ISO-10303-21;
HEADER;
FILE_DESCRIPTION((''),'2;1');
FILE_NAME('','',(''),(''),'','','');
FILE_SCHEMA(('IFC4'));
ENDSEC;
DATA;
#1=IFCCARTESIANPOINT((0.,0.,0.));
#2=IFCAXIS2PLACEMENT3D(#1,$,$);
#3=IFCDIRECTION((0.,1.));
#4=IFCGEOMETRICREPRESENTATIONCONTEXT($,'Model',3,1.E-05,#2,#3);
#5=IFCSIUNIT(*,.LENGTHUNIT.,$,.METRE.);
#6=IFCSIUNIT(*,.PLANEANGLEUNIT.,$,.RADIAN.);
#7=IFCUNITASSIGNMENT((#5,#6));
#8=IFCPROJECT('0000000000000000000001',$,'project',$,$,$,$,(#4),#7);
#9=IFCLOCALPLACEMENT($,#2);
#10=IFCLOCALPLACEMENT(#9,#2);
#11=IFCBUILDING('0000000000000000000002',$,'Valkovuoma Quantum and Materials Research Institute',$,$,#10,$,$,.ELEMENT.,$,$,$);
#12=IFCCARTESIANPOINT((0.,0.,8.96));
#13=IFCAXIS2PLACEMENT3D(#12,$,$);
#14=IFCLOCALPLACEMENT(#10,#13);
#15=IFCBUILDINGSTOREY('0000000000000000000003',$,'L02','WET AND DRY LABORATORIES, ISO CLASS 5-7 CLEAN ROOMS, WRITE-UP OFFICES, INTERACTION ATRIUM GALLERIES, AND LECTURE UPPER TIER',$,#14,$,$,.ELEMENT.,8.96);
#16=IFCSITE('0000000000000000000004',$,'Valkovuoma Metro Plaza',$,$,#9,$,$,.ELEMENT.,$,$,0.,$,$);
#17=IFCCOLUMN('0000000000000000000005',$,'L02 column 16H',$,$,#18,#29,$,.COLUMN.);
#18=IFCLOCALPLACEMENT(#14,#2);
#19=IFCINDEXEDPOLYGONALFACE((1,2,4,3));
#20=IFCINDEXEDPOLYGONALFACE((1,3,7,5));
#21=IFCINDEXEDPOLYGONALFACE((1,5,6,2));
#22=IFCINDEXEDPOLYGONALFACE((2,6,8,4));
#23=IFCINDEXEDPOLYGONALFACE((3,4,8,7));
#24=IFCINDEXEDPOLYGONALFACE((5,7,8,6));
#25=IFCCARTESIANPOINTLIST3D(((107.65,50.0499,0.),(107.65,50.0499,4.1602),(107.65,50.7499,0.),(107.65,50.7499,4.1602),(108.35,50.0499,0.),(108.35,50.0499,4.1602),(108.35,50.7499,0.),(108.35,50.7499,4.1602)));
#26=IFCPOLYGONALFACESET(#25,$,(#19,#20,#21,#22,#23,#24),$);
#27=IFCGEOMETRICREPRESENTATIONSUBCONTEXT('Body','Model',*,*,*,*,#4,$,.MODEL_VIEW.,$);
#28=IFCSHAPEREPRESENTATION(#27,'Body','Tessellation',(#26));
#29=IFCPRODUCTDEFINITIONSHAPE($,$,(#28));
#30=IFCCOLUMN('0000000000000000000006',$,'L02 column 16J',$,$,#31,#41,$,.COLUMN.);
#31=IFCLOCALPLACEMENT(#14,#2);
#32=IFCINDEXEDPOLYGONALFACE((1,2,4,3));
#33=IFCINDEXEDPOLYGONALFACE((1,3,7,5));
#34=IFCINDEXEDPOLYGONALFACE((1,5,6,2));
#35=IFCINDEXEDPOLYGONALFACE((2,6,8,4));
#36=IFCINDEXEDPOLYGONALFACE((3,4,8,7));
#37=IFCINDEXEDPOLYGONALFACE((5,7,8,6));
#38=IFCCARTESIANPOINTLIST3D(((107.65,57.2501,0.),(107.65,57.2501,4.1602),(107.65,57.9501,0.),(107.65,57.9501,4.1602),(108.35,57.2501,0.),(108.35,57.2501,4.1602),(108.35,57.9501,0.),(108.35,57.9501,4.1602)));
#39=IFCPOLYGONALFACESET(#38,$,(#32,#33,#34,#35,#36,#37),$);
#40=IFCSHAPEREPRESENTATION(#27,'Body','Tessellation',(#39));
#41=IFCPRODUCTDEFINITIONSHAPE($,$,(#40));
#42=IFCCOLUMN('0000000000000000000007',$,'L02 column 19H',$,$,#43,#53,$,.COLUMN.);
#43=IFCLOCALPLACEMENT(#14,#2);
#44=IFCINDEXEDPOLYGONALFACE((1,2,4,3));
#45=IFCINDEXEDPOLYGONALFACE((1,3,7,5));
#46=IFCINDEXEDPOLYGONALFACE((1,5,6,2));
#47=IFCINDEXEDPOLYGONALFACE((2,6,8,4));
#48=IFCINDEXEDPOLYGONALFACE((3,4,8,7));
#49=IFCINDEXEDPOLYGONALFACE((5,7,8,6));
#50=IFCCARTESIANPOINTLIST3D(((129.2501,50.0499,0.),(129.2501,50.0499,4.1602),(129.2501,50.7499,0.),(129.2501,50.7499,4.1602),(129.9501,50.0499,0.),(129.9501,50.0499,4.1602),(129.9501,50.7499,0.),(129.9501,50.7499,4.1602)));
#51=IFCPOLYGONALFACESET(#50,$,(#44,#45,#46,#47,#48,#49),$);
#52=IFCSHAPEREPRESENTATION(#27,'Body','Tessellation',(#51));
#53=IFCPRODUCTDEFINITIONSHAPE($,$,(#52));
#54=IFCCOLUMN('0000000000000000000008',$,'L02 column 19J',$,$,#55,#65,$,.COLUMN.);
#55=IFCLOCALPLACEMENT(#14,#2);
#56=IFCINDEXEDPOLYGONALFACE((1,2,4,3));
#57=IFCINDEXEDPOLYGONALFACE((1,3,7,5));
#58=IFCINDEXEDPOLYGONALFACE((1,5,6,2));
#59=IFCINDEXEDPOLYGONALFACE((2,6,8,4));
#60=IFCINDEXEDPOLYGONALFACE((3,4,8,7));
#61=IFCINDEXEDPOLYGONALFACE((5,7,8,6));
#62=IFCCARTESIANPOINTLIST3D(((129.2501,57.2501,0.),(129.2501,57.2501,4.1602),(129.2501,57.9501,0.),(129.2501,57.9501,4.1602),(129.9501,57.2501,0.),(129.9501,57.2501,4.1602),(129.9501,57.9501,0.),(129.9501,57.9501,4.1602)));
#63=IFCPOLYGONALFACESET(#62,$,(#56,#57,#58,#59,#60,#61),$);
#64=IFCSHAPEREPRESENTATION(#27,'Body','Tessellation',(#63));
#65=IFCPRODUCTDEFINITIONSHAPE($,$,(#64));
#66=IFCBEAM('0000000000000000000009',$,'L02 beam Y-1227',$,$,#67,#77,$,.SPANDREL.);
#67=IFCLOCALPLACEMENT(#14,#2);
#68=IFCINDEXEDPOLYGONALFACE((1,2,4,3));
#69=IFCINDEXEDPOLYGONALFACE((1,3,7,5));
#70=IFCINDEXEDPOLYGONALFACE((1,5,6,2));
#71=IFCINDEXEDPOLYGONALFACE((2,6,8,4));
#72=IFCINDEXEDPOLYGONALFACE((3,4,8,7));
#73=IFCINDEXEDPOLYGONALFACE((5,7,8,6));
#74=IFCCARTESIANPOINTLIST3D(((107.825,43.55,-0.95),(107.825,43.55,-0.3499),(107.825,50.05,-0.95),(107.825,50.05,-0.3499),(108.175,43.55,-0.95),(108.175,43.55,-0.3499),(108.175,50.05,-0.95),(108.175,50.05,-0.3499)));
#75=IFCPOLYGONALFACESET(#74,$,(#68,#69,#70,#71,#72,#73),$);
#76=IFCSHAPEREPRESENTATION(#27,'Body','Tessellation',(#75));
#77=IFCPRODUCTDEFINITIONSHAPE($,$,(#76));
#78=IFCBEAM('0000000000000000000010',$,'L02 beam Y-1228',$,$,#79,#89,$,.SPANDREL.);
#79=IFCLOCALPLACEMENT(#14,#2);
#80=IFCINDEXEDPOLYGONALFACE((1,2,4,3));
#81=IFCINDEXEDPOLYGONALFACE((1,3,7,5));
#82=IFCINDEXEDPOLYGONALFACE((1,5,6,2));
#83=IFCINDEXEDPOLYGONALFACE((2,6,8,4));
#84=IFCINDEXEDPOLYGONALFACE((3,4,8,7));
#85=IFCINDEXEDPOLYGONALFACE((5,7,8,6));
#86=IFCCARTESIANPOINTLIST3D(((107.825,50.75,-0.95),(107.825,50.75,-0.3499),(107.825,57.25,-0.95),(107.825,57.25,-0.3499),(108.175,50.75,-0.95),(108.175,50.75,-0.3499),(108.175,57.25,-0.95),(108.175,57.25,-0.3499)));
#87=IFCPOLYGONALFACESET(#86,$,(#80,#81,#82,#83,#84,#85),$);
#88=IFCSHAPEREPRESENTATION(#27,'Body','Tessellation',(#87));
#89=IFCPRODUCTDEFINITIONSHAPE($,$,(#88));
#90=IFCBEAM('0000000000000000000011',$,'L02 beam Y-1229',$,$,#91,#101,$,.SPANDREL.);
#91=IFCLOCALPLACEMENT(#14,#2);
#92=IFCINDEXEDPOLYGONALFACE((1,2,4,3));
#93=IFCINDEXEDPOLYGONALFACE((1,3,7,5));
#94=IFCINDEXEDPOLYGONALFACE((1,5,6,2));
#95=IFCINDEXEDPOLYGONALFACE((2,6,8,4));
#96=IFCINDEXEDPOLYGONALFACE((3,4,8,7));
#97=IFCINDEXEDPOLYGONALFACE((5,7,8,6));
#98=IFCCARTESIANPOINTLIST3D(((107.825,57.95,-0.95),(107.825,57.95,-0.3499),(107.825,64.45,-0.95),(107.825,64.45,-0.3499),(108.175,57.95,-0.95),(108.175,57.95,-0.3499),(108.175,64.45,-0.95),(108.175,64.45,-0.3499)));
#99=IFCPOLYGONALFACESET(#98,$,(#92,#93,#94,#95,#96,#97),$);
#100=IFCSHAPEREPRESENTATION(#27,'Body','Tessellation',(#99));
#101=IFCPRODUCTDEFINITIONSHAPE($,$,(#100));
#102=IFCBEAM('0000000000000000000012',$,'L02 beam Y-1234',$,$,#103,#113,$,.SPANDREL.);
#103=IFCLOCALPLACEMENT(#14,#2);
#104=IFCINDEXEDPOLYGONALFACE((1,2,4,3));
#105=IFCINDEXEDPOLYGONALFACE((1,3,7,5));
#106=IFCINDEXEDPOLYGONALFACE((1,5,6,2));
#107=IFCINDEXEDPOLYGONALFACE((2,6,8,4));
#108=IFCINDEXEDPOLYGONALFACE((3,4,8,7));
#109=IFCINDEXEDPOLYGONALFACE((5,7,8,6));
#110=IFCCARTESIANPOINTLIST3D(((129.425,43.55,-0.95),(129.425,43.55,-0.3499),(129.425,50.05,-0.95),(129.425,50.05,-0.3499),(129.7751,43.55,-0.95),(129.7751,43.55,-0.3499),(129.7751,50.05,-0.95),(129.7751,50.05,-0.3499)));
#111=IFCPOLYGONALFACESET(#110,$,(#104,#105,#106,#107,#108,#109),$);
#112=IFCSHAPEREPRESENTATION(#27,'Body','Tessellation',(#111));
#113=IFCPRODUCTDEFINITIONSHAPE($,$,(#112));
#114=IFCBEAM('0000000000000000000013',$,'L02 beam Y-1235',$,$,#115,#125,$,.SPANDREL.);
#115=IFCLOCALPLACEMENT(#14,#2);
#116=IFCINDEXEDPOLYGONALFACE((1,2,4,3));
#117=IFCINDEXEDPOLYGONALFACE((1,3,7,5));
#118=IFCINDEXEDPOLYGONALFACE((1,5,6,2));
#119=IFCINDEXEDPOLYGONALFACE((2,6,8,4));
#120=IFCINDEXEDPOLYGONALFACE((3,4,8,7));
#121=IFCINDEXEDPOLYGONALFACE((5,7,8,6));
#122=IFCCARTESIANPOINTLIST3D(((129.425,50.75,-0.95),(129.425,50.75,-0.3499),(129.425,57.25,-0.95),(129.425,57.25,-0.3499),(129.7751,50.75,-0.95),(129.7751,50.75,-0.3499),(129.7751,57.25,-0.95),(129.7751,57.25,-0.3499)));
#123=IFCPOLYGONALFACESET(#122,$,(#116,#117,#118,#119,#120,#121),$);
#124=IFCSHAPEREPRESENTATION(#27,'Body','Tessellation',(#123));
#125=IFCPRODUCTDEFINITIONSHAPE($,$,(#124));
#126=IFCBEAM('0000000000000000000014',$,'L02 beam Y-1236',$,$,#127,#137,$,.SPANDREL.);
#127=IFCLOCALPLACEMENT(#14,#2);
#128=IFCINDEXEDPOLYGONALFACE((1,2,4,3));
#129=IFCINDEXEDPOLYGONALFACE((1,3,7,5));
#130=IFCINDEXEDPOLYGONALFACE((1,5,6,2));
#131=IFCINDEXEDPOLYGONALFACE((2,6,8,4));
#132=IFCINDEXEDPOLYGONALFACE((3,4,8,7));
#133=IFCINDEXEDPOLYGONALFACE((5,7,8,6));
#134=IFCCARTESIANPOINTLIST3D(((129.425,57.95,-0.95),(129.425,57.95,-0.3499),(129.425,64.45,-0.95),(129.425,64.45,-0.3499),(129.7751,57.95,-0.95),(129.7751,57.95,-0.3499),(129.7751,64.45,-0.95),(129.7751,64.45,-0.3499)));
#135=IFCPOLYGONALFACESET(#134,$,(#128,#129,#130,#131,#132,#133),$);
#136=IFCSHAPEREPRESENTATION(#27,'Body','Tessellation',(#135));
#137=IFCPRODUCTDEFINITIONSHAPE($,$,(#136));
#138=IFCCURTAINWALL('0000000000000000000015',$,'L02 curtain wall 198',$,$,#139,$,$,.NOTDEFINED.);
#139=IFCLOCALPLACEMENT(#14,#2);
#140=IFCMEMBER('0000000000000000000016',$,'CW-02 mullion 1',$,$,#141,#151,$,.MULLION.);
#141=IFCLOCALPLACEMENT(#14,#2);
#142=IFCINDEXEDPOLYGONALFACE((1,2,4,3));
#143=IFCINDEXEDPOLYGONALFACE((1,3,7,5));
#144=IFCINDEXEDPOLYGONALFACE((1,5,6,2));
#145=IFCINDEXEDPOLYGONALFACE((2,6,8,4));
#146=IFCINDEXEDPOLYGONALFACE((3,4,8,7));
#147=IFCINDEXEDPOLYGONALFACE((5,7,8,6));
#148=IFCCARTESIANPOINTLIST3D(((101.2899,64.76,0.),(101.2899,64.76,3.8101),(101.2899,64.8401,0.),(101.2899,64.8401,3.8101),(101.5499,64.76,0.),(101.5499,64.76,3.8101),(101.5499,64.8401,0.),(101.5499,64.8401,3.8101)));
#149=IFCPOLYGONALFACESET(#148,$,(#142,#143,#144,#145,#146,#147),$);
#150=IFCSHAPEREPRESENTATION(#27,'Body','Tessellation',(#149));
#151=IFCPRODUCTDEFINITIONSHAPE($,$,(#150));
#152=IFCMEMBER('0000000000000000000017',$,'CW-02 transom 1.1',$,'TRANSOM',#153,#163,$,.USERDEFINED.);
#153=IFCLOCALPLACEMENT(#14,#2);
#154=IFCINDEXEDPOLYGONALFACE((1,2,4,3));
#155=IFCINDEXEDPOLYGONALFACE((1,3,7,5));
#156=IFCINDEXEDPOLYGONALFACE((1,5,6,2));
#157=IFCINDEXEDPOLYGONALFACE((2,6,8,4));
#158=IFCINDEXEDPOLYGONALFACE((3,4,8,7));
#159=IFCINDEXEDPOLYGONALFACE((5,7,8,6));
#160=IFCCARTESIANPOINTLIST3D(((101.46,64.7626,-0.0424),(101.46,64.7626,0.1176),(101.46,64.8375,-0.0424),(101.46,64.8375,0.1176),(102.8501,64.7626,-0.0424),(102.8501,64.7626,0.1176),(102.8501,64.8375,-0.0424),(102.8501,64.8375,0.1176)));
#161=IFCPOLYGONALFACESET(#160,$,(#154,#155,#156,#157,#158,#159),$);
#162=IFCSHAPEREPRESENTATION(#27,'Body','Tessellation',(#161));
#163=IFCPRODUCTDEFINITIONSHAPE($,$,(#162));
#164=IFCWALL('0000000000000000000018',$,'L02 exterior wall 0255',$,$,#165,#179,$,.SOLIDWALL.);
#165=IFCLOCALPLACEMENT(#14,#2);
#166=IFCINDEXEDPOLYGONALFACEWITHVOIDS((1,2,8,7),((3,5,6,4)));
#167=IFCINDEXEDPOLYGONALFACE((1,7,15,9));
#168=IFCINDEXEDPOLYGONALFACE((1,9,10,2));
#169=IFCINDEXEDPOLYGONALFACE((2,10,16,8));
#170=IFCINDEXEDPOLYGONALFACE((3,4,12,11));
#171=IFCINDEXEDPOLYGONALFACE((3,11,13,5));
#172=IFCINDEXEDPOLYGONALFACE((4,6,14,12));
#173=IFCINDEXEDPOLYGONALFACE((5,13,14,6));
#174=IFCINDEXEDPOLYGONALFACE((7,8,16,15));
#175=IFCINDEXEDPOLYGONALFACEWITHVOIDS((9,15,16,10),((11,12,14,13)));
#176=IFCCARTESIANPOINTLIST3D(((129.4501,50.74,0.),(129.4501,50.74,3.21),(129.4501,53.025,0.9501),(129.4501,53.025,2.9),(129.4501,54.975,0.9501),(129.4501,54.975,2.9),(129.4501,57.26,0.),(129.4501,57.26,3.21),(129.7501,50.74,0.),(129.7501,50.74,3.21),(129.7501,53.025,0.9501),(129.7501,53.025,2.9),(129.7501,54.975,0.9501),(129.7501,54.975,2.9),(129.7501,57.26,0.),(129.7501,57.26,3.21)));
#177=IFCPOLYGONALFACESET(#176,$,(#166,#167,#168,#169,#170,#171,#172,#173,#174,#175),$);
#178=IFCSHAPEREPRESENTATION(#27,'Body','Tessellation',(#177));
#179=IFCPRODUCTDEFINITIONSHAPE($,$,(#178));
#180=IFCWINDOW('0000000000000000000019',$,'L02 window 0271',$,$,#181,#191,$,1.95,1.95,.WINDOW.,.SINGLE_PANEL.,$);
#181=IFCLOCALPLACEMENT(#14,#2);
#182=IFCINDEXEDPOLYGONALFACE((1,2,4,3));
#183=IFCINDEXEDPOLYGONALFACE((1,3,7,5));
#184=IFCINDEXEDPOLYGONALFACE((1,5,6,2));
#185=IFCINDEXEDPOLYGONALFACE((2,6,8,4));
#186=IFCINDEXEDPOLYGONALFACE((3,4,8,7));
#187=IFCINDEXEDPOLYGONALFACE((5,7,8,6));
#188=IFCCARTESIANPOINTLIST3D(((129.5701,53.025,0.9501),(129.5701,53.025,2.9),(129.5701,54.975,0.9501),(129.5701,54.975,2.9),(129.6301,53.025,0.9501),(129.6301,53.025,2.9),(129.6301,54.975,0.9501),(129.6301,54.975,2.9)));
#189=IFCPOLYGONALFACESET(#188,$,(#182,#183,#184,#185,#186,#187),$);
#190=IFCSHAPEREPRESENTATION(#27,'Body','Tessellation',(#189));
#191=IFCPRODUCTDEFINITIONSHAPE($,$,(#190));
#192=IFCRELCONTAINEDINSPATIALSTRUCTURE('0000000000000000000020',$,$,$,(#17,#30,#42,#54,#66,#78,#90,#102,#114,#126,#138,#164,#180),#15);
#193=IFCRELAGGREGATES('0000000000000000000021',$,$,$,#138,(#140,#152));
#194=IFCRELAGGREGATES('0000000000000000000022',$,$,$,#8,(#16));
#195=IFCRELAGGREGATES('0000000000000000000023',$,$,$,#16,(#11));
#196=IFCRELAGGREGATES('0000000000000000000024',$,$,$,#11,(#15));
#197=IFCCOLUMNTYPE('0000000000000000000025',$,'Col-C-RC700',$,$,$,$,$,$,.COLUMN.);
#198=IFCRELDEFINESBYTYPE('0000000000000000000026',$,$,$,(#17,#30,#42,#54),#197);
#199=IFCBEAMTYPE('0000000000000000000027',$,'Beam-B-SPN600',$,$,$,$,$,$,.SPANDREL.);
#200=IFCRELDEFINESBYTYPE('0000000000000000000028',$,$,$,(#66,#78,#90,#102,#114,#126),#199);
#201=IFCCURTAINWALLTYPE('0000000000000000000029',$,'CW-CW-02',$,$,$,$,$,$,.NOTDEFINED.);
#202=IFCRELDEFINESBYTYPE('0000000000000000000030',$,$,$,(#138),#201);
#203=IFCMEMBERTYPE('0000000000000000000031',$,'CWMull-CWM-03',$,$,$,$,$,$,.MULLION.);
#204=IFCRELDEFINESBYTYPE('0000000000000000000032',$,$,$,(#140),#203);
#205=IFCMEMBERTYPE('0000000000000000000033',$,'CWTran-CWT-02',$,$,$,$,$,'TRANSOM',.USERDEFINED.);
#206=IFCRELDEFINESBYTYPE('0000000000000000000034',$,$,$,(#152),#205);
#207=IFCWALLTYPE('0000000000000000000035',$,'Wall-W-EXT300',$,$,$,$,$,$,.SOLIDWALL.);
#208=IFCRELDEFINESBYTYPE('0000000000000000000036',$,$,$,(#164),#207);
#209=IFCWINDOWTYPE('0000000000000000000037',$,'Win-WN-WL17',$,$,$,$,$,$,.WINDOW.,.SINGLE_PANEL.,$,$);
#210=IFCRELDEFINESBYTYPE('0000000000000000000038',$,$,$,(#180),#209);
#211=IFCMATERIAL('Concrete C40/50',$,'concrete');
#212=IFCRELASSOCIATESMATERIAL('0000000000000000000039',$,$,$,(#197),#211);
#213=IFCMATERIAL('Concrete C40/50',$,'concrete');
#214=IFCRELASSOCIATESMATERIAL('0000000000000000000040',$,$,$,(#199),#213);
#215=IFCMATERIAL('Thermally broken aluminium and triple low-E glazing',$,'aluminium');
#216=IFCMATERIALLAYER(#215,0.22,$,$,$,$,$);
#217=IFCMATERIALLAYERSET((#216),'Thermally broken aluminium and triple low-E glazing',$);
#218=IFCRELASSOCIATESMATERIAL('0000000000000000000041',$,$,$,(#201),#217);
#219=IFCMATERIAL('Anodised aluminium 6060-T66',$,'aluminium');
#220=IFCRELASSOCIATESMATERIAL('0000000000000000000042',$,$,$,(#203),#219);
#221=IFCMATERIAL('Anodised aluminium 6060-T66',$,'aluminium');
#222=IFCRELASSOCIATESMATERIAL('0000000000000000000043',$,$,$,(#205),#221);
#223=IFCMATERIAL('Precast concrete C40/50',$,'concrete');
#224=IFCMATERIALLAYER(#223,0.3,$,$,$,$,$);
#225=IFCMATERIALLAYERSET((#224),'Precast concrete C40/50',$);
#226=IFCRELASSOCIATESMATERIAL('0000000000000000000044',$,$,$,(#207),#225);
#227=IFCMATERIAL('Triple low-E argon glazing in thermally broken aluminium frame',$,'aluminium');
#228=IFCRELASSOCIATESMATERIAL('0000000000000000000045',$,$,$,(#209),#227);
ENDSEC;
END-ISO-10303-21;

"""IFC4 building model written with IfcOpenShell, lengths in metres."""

from ifc_helpers import new_model, si_unit, direction, frame, frame_2d, origin, origin_2d, place, context, subcontext, project, spatial, rectangle, extrude, material, layer, layer_set, material_profile, profile_set, type_object, element, fill, aggregate, save


model = new_model("IFC4")

# Units and contexts
model_context = context("Model", 3, precision=1e-05, world=origin(), true_north=direction((0.0, 1.0)))
body_context = subcontext(model_context, "Body", "Model", "MODEL_VIEW")
ifc_project = project(units=[si_unit("LENGTHUNIT", "METRE"), si_unit("PLANEANGLEUNIT", "RADIAN")], contexts=[model_context])

# Site, building, storey
site_placement = place(None, origin())
site = spatial("IfcSite", under=ifc_project, at=site_placement, Name="Valkovuoma Metro Plaza", CompositionType="ELEMENT", RefElevation=0.0)
building_placement = place(site_placement, origin())
building = spatial("IfcBuilding", under=site, at=building_placement, Name="Valkovuoma Quantum and Materials Research Institute", CompositionType="ELEMENT")
storey_placement = place(building_placement, frame((0.0, 0.0, 8.96)))
storey = spatial("IfcBuildingStorey", under=building, at=storey_placement, Name="L02", Description="WET AND DRY LABORATORIES, ISO CLASS 5-7 CLEAN ROOMS, WRITE-UP OFFICES, INTERACTION ATRIUM GALLERIES, AND LECTURE UPPER TIER", CompositionType="ELEMENT", Elevation=8.96)

# Columns
ifc_material_1 = material(Name="Concrete C40/50", Category="concrete")
ifc_material_profile_1 = material_profile(ifc_material_1, rectangle(XDim=0.7, YDim=0.7, at=origin_2d()), Name="Concrete C40/50")
ifc_profile_set_1 = profile_set([ifc_material_profile_1], Name="Concrete C40/50")
column_type = type_object("IfcColumnType", Name="Col-C-RC700", PredefinedType="COLUMN", material=ifc_profile_set_1)
for number, where, z_axis, x_axis, name in (
    (1, (108.0, 50.3999, 0.0), (0.0, 0.0, 1.0), (1.0, 0.0, 0.0), "L02 column 16H"),
    (2, (108.0, 57.6001, 0.0), (0.0, 0.0, 1.0), (1.0, 0.0, 0.0), "L02 column 16J"),
    (3, (129.6001, 50.3999, 0.0), (0.0, 0.0, 1.0), (1.0, 0.0, 0.0), "L02 column 19H"),
    (4, (129.6001, 57.6001, 0.0), (0.0, 0.0, 1.0), (1.0, 0.0, 0.0), "L02 column 19J"),
):
    element("IfcColumn", number, at=place(storey_placement, frame(where, z_axis=z_axis, x_axis=x_axis)), inside=storey, type_object=column_type, Name=name, PredefinedType="COLUMN", context=body_context, shape_type="SweptSolid", body=[
        extrude(rectangle(XDim=0.7, YDim=0.7, at=origin_2d()), origin(), (0.0, 0.0, 1.0), 4.1602),
    ])

# Beams
ifc_material_2 = material(Name="Concrete C40/50", Category="concrete")
ifc_material_profile_2 = material_profile(ifc_material_2, rectangle(XDim=0.3501, YDim=0.6001, at=origin_2d()), Name="Concrete C40/50")
ifc_profile_set_2 = profile_set([ifc_material_profile_2], Name="Concrete C40/50")
beam_type = type_object("IfcBeamType", Name="Beam-B-SPN600", PredefinedType="SPANDREL", material=ifc_profile_set_2)
for number, where, z_axis, x_axis, name in (
    (5, (108.0, 43.55, -0.6499), (0.0, 1.0, 0.0), (-1.0, 0.0, 0.0), "L02 beam Y-1227"),
    (6, (108.0, 50.75, -0.6499), (0.0, 1.0, 0.0), (-1.0, 0.0, 0.0), "L02 beam Y-1228"),
    (7, (108.0, 57.95, -0.6499), (0.0, 1.0, 0.0), (-1.0, 0.0, 0.0), "L02 beam Y-1229"),
    (8, (129.6001, 43.55, -0.6499), (0.0, 1.0, 0.0), (-1.0, 0.0, 0.0), "L02 beam Y-1234"),
    (9, (129.6001, 50.75, -0.6499), (0.0, 1.0, 0.0), (-1.0, 0.0, 0.0), "L02 beam Y-1235"),
    (10, (129.6001, 57.95, -0.6499), (0.0, 1.0, 0.0), (-1.0, 0.0, 0.0), "L02 beam Y-1236"),
):
    element("IfcBeam", number, at=place(storey_placement, frame(where, z_axis=z_axis, x_axis=x_axis)), inside=storey, type_object=beam_type, Name=name, PredefinedType="SPANDREL", context=body_context, shape_type="SweptSolid", body=[
        extrude(rectangle(XDim=0.3501, YDim=0.6001, at=origin_2d()), origin(), (0.0, 0.0, 1.0), 6.5),
    ])

# Curtain wall, members
ifc_material_3 = material(Name="Thermally broken aluminium and triple low-E glazing", Category="aluminium")
ifc_layer_1 = layer(ifc_material_3, 0.22)
ifc_layer_set_1 = layer_set([ifc_layer_1], Name="Thermally broken aluminium and triple low-E glazing")
curtain_wall_type = type_object("IfcCurtainWallType", Name="CW-CW-02", PredefinedType="NOTDEFINED", material=ifc_layer_set_1)
curtain_wall_placement = place(storey_placement, origin())
curtain_wall = element("IfcCurtainWall", 11, at=curtain_wall_placement, inside=storey, type_object=curtain_wall_type, Name="L02 curtain wall 198", PredefinedType="NOTDEFINED")
ifc_material_4 = material(Name="Anodised aluminium 6060-T66", Category="aluminium")
ifc_material_profile_3 = material_profile(ifc_material_4, rectangle(XDim=0.0801, YDim=0.26, at=origin_2d()), Name="Anodised aluminium 6060-T66")
ifc_profile_set_3 = profile_set([ifc_material_profile_3], Name="Anodised aluminium 6060-T66")
member_type_1 = type_object("IfcMemberType", Name="CWMull-CWM-03", PredefinedType="MULLION", material=ifc_profile_set_3)
member_1_placement = place(storey_placement, frame((101.4199, 64.8, 0.0), z_axis=(0.0, 0.0, 1.0), x_axis=(0.0, 1.0, 0.0)))
member_1 = element("IfcMember", 12, at=member_1_placement, type_object=member_type_1, Name="CW-02 mullion 1", PredefinedType="MULLION", context=body_context, shape_type="SweptSolid", body=[
    extrude(rectangle(XDim=0.0801, YDim=0.26, at=origin_2d()), origin(), (0.0, 0.0, 1.0), 3.8101),
])
ifc_material_5 = material(Name="Anodised aluminium 6060-T66", Category="aluminium")
ifc_material_profile_4 = material_profile(ifc_material_5, rectangle(XDim=0.075, YDim=0.1599, at=origin_2d()), Name="Anodised aluminium 6060-T66")
ifc_profile_set_4 = profile_set([ifc_material_profile_4], Name="Anodised aluminium 6060-T66")
member_type_2 = type_object("IfcMemberType", Name="CWTran-CWT-02", ElementType="TRANSOM", PredefinedType="USERDEFINED", material=ifc_profile_set_4)
member_2_placement = place(storey_placement, frame((101.46, 64.8, 0.0376), z_axis=(1.0, 0.0, 0.0), x_axis=(0.0, 1.0, 0.0)))
member_2 = element("IfcMember", 13, at=member_2_placement, type_object=member_type_2, Name="CW-02 transom 1.1", ObjectType="TRANSOM", PredefinedType="USERDEFINED", context=body_context, shape_type="SweptSolid", body=[
    extrude(rectangle(XDim=0.075, YDim=0.1599, at=origin_2d()), origin(), (0.0, 0.0, 1.0), 1.3901),
])
aggregate(curtain_wall, [member_1, member_2])

# Wall, opening, window
ifc_material_6 = material(Name="Precast concrete C40/50", Category="concrete")
ifc_layer_2 = layer(ifc_material_6, 0.3)
ifc_layer_set_2 = layer_set([ifc_layer_2], Name="Precast concrete C40/50")
wall_type = type_object("IfcWallType", Name="Wall-W-EXT300", PredefinedType="SOLIDWALL", material=ifc_layer_set_2)
wall_1_placement = place(storey_placement, frame((129.6001, 50.74, 0.0), z_axis=(0.0, 0.0, 1.0), x_axis=(0.0, 1.0, 0.0)))
wall_1 = element("IfcWall", 14, at=wall_1_placement, inside=storey, type_object=wall_type, Name="L02 exterior wall 0255", PredefinedType="SOLIDWALL", context=body_context, shape_type="SweptSolid", body=[
    extrude(rectangle(XDim=6.52, YDim=0.3, at=frame_2d((3.26, 0.0))), origin(), (0.0, 0.0, 1.0), 3.21),
])
opening_1_placement = place(wall_1_placement, frame((2.2849, 0.0, 0.95)))
opening_1 = element("IfcOpeningElement", 15, at=opening_1_placement, cuts=wall_1, PredefinedType="OPENING", context=body_context, shape_type="SweptSolid", body=[
    extrude(rectangle(XDim=1.95, YDim=1.95, at=frame_2d((0.9751, 0.9751))), frame((0.0, 0.1602, 0.0), z_axis=(0.0, -1.0, 0.0), x_axis=(1.0, 0.0, 0.0)), (0.0, 0.0, 1.0), 0.3201),
])
ifc_material_7 = material(Name="Triple low-E argon glazing in thermally broken aluminium frame", Category="aluminium")
window_type_1 = type_object("IfcWindowType", Name="Win-WN-WL17", PartitioningType="SINGLE_PANEL", PredefinedType="WINDOW", material=ifc_material_7)
window_1_placement = place(opening_1_placement, origin())
window_1 = element("IfcWindow", 16, at=window_1_placement, inside=storey, type_object=window_type_1, Name="L02 window 0271", OverallHeight=1.95, OverallWidth=1.95, PartitioningType="SINGLE_PANEL", PredefinedType="WINDOW", context=body_context, shape_type="SweptSolid", body=[
    extrude(rectangle(XDim=1.95, YDim=1.95, at=frame_2d((0.9751, 0.9751))), frame((0.0, 0.03, 0.0), z_axis=(0.0, -1.0, 0.0), x_axis=(1.0, 0.0, 0.0)), (0.0, 0.0, 1.0), 0.0601),
])
fill(opening_1, window_1)

save(model, "model.ifc")
